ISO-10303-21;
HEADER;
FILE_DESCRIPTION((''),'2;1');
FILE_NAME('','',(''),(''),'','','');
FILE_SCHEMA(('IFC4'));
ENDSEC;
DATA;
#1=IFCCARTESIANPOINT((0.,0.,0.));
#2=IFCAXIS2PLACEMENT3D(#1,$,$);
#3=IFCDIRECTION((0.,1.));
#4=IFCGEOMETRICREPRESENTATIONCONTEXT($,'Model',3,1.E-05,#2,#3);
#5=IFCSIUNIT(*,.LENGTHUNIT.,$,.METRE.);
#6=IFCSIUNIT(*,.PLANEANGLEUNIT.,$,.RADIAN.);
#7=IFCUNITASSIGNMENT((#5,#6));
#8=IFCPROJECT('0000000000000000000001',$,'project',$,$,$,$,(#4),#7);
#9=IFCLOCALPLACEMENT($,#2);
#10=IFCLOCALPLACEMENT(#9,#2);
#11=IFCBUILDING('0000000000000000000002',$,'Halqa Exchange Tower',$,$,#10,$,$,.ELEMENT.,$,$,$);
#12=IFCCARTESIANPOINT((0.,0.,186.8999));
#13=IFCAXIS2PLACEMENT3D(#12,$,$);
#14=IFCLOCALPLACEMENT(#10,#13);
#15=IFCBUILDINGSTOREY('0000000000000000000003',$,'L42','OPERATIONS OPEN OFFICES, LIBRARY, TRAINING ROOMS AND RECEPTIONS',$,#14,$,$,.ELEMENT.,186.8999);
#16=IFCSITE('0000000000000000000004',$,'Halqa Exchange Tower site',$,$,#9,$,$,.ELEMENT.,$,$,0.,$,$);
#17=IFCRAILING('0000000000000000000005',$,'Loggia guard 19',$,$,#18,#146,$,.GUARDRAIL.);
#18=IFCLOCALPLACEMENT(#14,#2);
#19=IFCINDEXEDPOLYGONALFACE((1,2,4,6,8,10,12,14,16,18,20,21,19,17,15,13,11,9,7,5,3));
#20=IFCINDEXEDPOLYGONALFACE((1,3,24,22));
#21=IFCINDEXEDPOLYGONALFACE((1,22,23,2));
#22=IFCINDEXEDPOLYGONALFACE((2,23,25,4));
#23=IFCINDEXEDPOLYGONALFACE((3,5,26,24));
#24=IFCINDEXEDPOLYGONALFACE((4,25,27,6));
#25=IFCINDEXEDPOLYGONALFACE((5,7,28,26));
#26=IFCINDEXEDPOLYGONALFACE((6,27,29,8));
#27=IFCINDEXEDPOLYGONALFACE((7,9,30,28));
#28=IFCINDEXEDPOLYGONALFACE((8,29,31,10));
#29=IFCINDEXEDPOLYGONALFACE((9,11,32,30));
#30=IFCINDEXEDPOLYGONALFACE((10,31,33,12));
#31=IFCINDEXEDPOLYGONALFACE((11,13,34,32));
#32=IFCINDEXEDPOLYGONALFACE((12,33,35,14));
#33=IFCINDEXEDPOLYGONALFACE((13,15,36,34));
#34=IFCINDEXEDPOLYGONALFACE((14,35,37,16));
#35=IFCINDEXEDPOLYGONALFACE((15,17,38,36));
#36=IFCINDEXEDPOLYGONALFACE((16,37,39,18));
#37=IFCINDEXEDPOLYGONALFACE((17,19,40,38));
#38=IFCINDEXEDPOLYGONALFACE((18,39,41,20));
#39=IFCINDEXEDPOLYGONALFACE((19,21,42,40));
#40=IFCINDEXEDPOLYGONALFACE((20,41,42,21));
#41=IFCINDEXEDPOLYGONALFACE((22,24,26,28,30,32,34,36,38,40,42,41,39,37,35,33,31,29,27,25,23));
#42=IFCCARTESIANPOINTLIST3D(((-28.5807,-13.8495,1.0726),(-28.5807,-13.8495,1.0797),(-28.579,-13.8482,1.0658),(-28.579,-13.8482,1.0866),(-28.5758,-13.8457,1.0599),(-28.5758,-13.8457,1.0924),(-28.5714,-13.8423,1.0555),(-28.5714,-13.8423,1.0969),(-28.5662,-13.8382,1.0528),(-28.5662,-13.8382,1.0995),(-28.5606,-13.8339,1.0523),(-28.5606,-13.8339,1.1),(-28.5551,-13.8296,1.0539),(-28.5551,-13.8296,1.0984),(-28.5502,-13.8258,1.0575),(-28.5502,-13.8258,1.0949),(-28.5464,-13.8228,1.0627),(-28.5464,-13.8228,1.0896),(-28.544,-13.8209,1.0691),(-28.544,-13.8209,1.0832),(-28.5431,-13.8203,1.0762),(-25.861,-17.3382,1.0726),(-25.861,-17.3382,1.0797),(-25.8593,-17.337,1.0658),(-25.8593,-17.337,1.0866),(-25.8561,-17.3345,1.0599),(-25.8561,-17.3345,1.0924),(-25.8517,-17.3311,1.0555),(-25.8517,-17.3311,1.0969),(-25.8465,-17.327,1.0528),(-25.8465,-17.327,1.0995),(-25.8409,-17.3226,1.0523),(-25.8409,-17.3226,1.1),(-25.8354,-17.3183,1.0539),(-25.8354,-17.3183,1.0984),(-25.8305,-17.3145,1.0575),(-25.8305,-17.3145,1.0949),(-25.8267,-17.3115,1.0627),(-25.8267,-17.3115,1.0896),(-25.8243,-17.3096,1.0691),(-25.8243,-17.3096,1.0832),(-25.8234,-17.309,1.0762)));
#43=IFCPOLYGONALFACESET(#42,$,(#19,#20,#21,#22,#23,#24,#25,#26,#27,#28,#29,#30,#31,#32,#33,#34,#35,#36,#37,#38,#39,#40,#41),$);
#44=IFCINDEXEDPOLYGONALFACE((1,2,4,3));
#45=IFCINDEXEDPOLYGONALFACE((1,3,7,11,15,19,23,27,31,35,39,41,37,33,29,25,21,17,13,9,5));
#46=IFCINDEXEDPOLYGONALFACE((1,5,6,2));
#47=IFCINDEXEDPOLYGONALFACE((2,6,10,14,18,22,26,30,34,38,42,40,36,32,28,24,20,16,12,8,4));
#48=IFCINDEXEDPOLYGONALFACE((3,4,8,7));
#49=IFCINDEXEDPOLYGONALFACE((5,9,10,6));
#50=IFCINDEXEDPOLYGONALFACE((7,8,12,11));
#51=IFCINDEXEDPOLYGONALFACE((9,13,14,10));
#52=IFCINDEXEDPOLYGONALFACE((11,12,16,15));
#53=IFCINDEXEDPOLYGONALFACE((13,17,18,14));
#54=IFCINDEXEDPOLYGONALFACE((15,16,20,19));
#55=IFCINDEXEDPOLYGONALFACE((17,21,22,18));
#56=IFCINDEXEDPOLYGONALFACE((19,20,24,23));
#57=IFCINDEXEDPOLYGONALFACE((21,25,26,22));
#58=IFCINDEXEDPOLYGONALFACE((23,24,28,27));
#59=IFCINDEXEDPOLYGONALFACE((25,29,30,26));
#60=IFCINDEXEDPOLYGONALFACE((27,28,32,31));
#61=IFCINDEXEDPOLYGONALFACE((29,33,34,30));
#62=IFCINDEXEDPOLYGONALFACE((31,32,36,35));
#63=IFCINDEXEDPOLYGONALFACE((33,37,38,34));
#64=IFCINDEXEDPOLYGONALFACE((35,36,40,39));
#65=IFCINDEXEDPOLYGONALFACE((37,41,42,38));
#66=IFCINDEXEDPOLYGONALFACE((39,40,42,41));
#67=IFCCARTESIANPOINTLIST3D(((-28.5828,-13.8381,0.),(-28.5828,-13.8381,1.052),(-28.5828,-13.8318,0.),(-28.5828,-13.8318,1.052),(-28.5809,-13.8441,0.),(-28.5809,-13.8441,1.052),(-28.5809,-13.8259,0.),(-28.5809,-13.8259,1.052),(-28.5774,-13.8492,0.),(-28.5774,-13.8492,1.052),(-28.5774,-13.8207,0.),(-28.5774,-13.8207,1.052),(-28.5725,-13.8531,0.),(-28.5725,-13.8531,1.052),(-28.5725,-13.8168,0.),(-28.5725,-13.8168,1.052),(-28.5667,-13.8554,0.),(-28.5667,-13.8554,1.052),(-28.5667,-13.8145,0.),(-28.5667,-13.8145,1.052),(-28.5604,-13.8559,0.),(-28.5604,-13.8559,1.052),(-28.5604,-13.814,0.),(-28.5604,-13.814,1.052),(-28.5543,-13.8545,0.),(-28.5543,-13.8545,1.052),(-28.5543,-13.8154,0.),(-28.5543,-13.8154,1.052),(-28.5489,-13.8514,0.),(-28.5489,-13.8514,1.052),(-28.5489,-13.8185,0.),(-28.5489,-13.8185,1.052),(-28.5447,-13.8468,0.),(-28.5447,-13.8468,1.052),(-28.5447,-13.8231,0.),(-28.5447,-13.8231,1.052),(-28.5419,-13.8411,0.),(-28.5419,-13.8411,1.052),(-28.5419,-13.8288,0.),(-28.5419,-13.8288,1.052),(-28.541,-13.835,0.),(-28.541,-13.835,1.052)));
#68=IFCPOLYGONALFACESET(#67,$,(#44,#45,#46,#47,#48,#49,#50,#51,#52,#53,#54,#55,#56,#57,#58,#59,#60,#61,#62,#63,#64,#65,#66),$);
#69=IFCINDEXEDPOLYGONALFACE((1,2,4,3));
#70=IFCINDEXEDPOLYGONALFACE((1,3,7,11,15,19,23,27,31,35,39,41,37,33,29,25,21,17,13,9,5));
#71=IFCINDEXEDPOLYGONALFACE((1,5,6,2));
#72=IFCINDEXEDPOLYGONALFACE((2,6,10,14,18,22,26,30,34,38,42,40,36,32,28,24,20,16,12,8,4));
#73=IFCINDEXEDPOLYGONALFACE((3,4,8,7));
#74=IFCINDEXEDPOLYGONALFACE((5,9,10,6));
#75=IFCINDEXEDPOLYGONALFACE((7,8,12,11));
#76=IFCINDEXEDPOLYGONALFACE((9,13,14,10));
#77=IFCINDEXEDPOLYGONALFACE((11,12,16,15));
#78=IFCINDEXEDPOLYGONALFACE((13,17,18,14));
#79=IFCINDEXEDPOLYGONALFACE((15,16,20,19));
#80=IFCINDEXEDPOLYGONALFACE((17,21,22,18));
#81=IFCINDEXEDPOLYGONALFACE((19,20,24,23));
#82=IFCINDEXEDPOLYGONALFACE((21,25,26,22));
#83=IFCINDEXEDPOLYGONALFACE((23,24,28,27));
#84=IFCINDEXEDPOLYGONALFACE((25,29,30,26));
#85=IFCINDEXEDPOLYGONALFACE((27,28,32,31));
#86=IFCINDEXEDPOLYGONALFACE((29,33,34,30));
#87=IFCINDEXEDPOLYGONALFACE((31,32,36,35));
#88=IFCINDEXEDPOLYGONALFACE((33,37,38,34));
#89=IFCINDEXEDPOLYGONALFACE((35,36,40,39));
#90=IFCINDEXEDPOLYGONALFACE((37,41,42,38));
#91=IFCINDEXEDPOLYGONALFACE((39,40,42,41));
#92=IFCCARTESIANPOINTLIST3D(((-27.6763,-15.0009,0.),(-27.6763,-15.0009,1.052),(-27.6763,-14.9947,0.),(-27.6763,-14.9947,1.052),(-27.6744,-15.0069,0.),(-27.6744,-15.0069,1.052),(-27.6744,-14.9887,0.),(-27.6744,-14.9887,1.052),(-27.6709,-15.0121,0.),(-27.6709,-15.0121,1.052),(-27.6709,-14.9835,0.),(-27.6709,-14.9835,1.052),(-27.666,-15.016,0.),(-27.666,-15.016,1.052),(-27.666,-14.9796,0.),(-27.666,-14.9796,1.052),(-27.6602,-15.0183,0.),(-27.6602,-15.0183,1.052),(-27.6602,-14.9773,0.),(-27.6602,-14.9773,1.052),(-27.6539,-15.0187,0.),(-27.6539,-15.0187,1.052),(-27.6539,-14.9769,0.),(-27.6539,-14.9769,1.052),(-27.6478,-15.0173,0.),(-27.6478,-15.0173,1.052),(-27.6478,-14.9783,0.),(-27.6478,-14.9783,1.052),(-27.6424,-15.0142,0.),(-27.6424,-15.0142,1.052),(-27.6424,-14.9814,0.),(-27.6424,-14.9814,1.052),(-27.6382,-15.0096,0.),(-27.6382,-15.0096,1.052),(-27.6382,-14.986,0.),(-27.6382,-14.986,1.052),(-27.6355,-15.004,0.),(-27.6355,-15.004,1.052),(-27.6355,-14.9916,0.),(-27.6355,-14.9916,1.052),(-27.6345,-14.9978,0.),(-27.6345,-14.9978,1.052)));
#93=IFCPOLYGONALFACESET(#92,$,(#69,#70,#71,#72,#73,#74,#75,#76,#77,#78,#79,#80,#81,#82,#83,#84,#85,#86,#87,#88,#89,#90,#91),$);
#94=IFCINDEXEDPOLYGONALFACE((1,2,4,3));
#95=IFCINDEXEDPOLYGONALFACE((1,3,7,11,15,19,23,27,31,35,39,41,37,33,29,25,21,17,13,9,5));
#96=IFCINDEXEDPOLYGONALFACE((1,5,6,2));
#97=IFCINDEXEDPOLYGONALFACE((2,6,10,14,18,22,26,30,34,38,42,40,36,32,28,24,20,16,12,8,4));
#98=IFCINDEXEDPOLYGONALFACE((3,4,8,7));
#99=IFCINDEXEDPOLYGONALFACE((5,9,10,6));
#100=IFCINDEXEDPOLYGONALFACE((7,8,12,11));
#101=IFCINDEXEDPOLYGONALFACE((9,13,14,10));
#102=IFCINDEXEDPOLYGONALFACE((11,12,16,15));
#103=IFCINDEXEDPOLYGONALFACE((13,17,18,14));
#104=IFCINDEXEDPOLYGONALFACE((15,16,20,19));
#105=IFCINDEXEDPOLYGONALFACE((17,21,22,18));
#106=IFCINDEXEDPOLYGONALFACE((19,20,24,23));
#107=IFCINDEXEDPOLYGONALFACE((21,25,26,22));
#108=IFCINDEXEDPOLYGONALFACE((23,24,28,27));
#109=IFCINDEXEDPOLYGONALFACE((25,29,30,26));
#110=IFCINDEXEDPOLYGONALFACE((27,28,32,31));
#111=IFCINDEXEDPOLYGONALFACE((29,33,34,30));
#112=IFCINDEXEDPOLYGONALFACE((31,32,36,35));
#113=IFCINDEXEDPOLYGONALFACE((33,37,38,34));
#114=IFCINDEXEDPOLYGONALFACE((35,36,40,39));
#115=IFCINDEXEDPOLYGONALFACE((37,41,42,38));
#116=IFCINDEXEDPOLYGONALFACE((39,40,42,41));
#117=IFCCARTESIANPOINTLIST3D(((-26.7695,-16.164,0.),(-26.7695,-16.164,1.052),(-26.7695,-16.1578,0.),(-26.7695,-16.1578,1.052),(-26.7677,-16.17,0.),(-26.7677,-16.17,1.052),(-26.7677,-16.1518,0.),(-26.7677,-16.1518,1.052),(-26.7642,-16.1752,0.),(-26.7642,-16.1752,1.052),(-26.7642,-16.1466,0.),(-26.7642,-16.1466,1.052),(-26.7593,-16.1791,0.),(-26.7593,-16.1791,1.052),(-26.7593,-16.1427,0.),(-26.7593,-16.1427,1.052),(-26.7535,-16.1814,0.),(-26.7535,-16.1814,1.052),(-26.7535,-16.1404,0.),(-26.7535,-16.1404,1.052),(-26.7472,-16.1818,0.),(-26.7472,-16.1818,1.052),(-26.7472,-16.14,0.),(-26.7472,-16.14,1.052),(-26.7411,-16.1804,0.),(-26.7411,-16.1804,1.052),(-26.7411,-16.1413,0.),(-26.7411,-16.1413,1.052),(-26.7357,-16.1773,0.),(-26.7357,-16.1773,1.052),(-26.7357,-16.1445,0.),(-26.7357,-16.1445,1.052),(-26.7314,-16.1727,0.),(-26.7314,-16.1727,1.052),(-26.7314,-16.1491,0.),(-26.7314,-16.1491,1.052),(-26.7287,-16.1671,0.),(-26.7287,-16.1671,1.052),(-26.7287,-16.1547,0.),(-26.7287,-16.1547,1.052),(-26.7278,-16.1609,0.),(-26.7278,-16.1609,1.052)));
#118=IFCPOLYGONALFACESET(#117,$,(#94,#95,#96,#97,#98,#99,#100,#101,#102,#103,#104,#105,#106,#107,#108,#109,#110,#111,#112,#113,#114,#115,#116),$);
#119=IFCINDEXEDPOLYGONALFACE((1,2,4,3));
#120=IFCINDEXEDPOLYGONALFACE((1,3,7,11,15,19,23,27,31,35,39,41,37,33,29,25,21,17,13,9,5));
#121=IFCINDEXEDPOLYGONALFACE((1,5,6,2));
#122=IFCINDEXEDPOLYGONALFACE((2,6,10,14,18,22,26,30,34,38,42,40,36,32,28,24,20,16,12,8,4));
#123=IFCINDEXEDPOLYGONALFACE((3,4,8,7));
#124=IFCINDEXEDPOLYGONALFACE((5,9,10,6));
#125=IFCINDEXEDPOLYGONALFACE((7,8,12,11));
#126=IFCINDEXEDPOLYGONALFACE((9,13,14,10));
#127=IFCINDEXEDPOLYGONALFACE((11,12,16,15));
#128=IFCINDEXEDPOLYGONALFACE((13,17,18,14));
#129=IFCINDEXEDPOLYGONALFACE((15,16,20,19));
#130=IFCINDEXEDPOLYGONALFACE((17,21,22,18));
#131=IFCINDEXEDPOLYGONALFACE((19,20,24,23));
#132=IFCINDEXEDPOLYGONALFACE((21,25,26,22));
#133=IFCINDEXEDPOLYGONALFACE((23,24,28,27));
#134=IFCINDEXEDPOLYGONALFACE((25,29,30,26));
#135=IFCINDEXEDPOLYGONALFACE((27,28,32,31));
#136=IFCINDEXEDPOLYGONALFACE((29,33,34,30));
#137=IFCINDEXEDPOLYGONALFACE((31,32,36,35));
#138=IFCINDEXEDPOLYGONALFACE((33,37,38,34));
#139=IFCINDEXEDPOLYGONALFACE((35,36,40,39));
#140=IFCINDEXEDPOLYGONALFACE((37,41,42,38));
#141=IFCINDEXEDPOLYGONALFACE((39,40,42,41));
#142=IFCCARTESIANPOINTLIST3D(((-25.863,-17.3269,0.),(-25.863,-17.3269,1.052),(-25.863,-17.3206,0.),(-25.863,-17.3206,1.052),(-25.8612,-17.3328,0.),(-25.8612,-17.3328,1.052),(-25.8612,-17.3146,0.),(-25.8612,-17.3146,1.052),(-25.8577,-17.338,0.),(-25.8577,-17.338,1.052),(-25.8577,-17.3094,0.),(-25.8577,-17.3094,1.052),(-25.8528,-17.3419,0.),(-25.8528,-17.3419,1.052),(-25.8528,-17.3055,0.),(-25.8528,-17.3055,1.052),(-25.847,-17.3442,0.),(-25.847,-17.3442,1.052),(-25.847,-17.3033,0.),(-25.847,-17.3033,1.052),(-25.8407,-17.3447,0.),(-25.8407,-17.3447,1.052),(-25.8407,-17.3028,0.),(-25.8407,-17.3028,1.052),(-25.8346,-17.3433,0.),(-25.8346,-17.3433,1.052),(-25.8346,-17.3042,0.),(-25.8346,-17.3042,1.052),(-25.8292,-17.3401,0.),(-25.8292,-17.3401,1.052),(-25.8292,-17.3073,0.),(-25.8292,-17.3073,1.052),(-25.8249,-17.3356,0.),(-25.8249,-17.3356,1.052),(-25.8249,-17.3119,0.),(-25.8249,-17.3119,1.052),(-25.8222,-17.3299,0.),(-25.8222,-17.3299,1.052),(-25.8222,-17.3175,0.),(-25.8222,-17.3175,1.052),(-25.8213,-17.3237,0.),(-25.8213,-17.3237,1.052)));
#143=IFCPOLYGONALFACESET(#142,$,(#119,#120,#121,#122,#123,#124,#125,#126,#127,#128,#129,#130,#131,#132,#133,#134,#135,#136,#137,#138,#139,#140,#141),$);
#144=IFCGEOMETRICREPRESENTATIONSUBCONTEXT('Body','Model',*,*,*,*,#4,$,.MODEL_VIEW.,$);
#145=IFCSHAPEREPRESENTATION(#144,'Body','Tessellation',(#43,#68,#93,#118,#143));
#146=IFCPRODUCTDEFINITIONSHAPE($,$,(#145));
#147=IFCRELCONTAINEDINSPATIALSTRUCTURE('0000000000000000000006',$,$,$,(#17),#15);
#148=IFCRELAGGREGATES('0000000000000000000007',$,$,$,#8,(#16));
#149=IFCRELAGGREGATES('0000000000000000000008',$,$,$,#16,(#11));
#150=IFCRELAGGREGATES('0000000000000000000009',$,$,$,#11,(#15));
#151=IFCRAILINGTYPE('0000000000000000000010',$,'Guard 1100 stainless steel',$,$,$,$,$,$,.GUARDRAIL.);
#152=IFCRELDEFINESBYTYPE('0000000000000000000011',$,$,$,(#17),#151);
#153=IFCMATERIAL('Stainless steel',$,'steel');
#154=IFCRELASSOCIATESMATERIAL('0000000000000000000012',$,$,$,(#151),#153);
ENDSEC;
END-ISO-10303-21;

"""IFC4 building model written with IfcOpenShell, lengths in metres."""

from ifc_helpers import new_model, si_unit, direction, frame, origin, origin_2d, place, context, subcontext, project, spatial, circle, extrude, material, type_object, element, save


model = new_model("IFC4")

# Units and contexts
model_context = context("Model", 3, precision=1e-05, world=origin(), true_north=direction((0.0, 1.0)))
body_context = subcontext(model_context, "Body", "Model", "MODEL_VIEW")
ifc_project = project(units=[si_unit("LENGTHUNIT", "METRE"), si_unit("PLANEANGLEUNIT", "RADIAN")], contexts=[model_context])

# Site, building, storey
site_placement = place(None, origin())
site = spatial("IfcSite", under=ifc_project, at=site_placement, Name="Halqa Exchange Tower site", CompositionType="ELEMENT", RefElevation=0.0)
building_placement = place(site_placement, origin())
building = spatial("IfcBuilding", under=site, at=building_placement, Name="Halqa Exchange Tower", CompositionType="ELEMENT")
storey_placement = place(building_placement, frame((0.0, 0.0, 186.8999)))
storey = spatial("IfcBuildingStorey", under=building, at=storey_placement, Name="L42", Description="OPERATIONS OPEN OFFICES, LIBRARY, TRAINING ROOMS AND RECEPTIONS", CompositionType="ELEMENT", Elevation=186.8999)

# Railing
ifc_material_1 = material(Name="Stainless steel", Category="steel")
railing_type = type_object("IfcRailingType", Name="Guard 1100 stainless steel", PredefinedType="GUARDRAIL", material=ifc_material_1)
railing_1_placement = place(storey_placement, frame((-28.562, -13.835, 0.0)))
element("IfcRailing", 1, at=railing_1_placement, inside=storey, type_object=railing_type, Name="Loggia guard 19", PredefinedType="GUARDRAIL", context=body_context, shape_type="SweptSolid", body=[
    extrude(circle(Radius=0.0239, at=origin_2d()), frame((0.0, 0.0, 1.0762), z_axis=(0.614819, -0.788668, 0.0), x_axis=(0.788668, 0.614819, 0.0)), (0.0, 0.0, 1.0), 4.4236),
    extrude(circle(Radius=0.021, at=origin_2d()), origin(), (0.0, 0.0, 1.0), 1.052),
    extrude(circle(Radius=0.021, at=origin_2d()), frame((0.9065, -1.1628, 0.0)), (0.0, 0.0, 1.0), 1.052),
    extrude(circle(Radius=0.021, at=origin_2d()), frame((1.8132, -2.3259, 0.0)), (0.0, 0.0, 1.0), 1.052),
    extrude(circle(Radius=0.021, at=origin_2d()), frame((2.7197, -3.4888, 0.0)), (0.0, 0.0, 1.0), 1.052),
])

save(model, "model.ifc")
